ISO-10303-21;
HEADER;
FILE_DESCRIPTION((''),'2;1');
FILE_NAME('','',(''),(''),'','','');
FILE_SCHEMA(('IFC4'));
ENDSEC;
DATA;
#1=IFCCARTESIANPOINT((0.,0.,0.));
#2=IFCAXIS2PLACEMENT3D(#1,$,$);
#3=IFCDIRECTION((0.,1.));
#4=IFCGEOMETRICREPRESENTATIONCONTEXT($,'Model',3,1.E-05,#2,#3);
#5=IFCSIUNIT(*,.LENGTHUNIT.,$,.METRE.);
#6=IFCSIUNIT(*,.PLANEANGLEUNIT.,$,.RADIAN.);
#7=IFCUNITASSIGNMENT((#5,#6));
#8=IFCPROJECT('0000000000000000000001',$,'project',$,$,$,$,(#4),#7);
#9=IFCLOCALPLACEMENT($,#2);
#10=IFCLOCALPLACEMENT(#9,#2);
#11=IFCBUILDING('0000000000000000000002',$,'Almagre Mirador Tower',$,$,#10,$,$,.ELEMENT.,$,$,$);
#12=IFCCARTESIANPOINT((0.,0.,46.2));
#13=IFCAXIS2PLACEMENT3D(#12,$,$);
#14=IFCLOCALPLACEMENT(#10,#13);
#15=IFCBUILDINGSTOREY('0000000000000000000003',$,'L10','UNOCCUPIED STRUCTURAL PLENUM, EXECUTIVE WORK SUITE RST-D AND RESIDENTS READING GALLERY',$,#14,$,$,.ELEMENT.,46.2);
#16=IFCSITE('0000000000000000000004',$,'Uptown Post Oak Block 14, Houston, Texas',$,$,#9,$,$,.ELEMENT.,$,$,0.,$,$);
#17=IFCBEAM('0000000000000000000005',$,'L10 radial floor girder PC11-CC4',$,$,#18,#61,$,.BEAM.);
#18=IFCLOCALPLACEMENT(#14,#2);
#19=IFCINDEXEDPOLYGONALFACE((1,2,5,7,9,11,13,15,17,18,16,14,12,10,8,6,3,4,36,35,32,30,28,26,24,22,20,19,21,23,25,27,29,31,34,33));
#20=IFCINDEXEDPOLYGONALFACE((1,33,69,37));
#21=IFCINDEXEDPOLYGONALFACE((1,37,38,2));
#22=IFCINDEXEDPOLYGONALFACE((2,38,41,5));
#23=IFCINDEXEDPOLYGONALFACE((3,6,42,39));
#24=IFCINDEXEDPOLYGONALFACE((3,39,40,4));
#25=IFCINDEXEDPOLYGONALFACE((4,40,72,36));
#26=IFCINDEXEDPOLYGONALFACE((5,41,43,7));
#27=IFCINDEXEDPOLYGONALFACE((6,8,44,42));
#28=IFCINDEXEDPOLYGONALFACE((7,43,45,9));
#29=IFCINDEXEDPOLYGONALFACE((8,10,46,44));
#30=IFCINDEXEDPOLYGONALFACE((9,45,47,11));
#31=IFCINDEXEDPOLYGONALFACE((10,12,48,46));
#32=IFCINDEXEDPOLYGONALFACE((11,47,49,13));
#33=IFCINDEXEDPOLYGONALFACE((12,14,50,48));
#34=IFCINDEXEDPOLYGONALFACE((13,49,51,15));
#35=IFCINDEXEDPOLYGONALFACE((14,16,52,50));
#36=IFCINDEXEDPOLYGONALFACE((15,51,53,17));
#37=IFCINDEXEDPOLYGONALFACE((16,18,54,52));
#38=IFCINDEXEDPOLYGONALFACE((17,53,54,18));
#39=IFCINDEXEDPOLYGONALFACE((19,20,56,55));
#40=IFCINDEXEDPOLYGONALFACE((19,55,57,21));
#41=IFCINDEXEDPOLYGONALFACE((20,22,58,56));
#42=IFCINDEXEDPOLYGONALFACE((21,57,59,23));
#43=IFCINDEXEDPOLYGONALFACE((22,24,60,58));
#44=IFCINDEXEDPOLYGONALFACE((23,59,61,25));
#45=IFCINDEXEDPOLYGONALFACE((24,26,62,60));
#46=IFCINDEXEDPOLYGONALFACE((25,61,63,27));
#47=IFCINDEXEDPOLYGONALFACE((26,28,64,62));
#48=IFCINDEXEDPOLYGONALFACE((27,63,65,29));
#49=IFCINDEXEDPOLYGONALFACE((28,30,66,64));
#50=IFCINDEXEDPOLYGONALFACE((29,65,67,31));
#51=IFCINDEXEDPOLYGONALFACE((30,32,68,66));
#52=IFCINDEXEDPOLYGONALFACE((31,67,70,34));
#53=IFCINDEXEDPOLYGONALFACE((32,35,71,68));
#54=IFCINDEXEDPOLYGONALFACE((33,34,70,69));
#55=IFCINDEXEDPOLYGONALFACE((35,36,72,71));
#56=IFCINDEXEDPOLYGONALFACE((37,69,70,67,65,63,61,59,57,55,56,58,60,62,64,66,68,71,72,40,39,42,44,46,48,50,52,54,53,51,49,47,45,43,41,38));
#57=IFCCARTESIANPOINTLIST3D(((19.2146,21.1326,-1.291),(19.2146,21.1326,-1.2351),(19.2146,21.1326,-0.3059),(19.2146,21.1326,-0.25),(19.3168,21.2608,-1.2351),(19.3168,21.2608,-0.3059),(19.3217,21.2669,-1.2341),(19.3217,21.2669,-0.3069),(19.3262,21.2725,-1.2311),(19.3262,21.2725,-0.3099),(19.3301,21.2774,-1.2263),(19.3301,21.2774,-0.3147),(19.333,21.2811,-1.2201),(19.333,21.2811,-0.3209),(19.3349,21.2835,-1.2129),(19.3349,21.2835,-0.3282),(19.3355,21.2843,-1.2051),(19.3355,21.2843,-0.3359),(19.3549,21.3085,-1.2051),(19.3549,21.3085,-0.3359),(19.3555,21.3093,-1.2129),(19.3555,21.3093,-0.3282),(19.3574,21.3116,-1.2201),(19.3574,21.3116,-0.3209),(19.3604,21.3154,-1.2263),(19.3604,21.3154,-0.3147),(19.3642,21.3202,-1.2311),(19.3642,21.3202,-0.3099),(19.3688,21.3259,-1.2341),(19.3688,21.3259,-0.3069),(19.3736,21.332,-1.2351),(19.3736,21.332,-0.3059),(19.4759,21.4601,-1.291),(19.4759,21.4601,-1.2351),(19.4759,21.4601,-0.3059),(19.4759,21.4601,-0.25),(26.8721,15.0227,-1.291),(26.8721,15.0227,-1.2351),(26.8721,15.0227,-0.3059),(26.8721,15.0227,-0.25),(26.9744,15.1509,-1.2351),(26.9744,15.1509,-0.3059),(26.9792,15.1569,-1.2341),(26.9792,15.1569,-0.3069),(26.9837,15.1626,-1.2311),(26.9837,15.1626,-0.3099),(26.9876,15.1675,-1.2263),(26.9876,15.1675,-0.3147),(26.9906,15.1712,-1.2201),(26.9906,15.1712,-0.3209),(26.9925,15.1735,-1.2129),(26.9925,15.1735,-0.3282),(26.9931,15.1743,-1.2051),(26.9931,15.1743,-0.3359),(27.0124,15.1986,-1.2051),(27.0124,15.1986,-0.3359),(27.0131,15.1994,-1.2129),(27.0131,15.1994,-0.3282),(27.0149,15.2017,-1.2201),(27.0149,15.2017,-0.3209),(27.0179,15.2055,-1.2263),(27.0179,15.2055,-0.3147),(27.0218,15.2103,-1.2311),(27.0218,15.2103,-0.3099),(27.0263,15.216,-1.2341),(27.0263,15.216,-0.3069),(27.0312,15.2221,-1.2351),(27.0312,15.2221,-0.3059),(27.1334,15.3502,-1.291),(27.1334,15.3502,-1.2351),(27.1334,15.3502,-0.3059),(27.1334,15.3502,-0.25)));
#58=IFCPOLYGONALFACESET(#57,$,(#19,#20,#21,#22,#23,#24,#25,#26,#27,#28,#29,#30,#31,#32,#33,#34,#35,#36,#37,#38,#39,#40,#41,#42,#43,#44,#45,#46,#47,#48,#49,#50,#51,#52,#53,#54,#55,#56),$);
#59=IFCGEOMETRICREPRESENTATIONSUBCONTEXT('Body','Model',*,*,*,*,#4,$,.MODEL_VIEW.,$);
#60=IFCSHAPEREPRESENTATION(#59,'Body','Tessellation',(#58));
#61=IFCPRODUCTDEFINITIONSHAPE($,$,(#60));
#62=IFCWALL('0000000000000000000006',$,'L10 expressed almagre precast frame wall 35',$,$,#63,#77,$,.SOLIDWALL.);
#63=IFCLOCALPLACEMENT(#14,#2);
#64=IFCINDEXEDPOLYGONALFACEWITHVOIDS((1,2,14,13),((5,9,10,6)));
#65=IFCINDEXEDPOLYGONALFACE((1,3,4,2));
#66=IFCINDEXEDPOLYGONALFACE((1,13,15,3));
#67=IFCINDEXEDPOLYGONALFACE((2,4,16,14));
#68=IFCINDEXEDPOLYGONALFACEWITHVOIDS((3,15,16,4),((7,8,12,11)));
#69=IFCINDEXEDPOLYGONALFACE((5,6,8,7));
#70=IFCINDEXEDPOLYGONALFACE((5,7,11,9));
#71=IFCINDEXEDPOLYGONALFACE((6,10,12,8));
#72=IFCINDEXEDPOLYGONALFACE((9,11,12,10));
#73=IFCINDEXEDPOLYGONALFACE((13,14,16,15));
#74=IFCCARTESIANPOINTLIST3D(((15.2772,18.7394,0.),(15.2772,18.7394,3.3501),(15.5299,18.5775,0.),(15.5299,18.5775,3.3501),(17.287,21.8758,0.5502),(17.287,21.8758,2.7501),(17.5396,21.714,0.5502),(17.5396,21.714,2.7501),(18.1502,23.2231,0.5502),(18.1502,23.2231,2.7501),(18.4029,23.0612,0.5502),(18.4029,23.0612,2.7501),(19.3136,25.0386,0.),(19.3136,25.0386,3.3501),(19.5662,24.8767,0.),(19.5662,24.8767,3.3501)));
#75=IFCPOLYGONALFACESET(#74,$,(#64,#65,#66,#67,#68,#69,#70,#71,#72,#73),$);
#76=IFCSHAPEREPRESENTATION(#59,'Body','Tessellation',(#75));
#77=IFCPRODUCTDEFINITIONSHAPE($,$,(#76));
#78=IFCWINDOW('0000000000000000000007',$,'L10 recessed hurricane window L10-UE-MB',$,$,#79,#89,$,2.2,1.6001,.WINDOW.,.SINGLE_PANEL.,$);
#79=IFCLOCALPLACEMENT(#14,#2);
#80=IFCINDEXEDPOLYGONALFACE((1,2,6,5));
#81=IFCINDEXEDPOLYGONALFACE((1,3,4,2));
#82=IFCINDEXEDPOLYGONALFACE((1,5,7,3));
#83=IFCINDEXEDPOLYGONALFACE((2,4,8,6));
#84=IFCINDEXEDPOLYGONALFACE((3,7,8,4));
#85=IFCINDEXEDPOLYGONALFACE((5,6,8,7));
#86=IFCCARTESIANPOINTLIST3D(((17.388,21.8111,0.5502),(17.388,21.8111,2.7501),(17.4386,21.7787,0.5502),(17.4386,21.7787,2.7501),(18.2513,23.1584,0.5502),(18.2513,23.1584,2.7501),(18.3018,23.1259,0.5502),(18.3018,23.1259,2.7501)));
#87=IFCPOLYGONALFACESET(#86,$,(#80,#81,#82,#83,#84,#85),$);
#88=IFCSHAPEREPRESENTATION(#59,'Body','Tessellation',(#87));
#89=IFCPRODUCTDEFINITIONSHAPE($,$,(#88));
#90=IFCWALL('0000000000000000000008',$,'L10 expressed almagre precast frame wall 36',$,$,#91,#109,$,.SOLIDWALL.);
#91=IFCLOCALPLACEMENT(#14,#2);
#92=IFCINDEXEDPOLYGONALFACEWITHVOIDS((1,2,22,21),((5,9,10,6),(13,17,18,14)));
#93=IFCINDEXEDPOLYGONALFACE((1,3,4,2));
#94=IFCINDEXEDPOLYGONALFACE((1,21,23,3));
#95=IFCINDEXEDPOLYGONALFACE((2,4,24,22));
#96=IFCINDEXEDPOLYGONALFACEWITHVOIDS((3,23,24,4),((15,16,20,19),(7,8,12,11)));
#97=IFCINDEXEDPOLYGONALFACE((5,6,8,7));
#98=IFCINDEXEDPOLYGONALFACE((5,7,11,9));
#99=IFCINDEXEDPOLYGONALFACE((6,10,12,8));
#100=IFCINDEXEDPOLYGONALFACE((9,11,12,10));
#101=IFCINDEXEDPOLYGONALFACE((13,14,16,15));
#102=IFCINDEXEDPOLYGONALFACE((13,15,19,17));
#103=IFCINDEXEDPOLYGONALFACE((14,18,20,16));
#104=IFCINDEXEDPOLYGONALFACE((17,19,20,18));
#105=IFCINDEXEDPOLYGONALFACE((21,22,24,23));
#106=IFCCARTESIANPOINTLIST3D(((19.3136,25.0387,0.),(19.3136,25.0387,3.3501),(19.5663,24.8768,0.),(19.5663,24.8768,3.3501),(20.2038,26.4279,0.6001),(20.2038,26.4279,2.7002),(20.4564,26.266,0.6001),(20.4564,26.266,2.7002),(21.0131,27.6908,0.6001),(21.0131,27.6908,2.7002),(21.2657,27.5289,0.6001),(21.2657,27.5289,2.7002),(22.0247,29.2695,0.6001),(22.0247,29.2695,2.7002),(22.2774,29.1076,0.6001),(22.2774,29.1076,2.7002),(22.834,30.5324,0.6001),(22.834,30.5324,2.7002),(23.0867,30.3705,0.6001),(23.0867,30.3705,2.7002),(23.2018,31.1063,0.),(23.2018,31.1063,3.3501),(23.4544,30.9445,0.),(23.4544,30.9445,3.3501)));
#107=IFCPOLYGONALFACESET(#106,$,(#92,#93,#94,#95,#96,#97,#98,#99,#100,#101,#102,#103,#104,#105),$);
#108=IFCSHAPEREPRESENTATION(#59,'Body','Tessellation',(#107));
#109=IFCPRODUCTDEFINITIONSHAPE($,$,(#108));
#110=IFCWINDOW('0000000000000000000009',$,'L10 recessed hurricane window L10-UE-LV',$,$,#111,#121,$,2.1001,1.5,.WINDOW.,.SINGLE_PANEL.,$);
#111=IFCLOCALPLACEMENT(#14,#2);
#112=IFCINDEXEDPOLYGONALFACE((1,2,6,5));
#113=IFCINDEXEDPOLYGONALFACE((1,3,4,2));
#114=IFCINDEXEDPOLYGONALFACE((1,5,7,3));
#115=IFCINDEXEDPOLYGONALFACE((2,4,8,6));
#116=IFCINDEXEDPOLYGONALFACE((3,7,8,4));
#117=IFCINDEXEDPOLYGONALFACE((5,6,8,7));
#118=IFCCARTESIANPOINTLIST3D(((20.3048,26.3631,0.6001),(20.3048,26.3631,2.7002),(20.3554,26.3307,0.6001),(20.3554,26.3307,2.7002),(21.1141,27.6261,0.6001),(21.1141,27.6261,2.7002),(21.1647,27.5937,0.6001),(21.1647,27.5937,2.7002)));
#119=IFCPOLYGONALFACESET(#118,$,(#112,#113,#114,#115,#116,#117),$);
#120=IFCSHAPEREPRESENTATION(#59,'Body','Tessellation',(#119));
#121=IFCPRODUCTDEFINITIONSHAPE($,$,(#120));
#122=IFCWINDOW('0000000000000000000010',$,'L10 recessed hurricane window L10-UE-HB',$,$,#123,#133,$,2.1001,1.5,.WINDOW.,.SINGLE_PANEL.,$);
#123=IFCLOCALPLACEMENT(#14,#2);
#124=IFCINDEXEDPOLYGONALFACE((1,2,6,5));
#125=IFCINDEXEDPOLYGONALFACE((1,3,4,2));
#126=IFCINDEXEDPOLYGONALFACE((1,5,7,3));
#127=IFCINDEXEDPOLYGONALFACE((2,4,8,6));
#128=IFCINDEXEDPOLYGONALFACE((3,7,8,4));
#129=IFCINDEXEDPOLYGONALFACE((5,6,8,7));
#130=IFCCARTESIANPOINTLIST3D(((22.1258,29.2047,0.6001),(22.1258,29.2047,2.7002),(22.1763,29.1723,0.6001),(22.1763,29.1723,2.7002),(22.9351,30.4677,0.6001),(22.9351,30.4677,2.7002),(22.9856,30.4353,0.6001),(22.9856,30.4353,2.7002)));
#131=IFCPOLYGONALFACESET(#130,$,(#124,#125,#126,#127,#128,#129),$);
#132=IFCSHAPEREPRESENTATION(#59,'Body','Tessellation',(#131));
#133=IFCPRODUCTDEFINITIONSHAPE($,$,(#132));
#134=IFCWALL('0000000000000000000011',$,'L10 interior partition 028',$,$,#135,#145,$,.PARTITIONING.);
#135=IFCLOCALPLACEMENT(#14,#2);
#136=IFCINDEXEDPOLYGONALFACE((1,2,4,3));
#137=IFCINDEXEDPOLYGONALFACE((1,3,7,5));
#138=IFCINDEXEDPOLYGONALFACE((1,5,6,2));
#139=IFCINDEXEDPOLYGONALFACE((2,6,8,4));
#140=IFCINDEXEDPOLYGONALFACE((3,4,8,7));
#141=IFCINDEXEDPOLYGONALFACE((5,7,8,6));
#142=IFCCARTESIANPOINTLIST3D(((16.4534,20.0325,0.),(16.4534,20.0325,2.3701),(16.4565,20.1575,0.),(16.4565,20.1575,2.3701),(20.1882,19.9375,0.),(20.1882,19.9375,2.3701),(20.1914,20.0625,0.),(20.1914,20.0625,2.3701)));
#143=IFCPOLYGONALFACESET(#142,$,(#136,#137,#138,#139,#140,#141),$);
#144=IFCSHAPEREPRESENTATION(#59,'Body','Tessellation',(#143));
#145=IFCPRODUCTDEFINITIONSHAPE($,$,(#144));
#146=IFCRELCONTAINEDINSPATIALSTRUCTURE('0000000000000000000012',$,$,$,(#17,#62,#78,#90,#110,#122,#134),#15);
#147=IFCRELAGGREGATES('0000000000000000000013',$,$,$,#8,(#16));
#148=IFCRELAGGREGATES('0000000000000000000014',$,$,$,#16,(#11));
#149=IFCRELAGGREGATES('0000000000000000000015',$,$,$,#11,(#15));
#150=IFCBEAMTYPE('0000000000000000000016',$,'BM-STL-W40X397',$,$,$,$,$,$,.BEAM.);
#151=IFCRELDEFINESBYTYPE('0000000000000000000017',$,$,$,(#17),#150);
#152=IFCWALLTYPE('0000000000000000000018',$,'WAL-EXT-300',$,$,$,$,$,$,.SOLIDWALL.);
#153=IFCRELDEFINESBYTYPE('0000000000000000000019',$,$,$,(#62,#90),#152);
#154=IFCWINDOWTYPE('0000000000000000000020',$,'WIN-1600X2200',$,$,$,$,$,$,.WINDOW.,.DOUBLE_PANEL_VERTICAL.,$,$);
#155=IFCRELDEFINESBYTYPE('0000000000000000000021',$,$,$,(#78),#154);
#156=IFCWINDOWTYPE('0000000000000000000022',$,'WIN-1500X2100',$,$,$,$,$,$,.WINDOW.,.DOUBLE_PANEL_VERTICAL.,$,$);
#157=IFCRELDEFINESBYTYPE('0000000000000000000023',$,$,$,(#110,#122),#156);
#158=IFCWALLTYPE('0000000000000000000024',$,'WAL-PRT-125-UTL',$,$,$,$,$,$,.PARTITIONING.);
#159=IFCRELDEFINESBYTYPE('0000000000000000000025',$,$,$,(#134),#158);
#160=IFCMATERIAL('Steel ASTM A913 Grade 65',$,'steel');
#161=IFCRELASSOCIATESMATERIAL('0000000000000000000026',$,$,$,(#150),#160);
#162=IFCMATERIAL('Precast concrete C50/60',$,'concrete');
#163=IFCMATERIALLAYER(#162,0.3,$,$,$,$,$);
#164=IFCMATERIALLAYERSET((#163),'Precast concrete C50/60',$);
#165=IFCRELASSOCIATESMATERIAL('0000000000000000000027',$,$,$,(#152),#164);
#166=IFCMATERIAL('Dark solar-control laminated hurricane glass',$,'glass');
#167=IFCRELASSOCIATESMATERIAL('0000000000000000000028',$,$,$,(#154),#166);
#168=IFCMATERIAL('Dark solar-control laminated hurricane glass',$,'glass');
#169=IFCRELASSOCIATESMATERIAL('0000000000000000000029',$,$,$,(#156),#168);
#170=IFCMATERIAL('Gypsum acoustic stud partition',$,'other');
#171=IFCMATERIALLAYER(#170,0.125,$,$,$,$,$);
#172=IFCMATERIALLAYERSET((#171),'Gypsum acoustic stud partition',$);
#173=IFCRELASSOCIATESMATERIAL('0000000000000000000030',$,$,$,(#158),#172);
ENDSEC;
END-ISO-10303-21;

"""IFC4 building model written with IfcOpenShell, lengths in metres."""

from ifc_helpers import new_model, si_unit, direction, frame, frame_2d, origin, origin_2d, place, context, subcontext, project, spatial, rectangle, i_section, extrude, material, layer, layer_set, material_profile, profile_set, type_object, element, fill, save


model = new_model("IFC4")

# Units and contexts
model_context = context("Model", 3, precision=1e-05, world=origin(), true_north=direction((0.0, 1.0)))
body_context = subcontext(model_context, "Body", "Model", "MODEL_VIEW")
ifc_project = project(units=[si_unit("LENGTHUNIT", "METRE"), si_unit("PLANEANGLEUNIT", "RADIAN")], contexts=[model_context])

# Site, building, storey
site_placement = place(None, origin())
site = spatial("IfcSite", under=ifc_project, at=site_placement, Name="Uptown Post Oak Block 14, Houston, Texas", CompositionType="ELEMENT", RefElevation=0.0)
building_placement = place(site_placement, origin())
building = spatial("IfcBuilding", under=site, at=building_placement, Name="Almagre Mirador Tower", CompositionType="ELEMENT")
storey_placement = place(building_placement, frame((0.0, 0.0, 46.2)))
storey = spatial("IfcBuildingStorey", under=building, at=storey_placement, Name="L10", Description="UNOCCUPIED STRUCTURAL PLENUM, EXECUTIVE WORK SUITE RST-D AND RESIDENTS READING GALLERY", CompositionType="ELEMENT", Elevation=46.2)

# Beam
ifc_material_1 = material(Name="Steel ASTM A913 Grade 65", Category="steel")
ifc_material_profile_1 = material_profile(ifc_material_1, i_section(OverallWidth=0.4189, OverallDepth=1.041, WebThickness=0.031, FlangeThickness=0.0559, FilletRadius=0.03, at=origin_2d()), Name="W40X397")
ifc_profile_set_1 = profile_set([ifc_material_profile_1], Name="Steel ASTM A913 Grade 65")
beam_type_1 = type_object("IfcBeamType", Name="BM-STL-W40X397", PredefinedType="BEAM", material=ifc_profile_set_1)
beam_1_placement = place(storey_placement, frame((19.3452, 21.2964, -0.7705), z_axis=(0.781671, -0.623692, 0.0), x_axis=(0.623692, 0.781671, 0.0)))
element("IfcBeam", 1, at=beam_1_placement, inside=storey, type_object=beam_type_1, Name="L10 radial floor girder PC11-CC4", PredefinedType="BEAM", context=body_context, shape_type="SweptSolid", body=[
    extrude(i_section(OverallWidth=0.4189, OverallDepth=1.041, WebThickness=0.031, FlangeThickness=0.0559, FilletRadius=0.03, at=origin_2d()), origin(), (0.0, 0.0, 1.0), 9.7964),
])

# Wall, opening, window
ifc_material_2 = material(Name="Precast concrete C50/60", Category="concrete")
ifc_layer_1 = layer(ifc_material_2, 0.3)
ifc_layer_set_1 = layer_set([ifc_layer_1], Name="Precast concrete C50/60")
wall_type_1 = type_object("IfcWallType", Name="WAL-EXT-300", PredefinedType="SOLIDWALL", material=ifc_layer_set_1)
wall_1_placement = place(storey_placement, frame((15.4036, 18.6584, 0.0), z_axis=(0.0, 0.0, 1.0), x_axis=(0.53951, 0.841979, 0.0)))
wall_1 = element("IfcWall", 2, at=wall_1_placement, inside=storey, type_object=wall_type_1, Name="L10 expressed almagre precast frame wall 35", PredefinedType="SOLIDWALL", context=body_context, shape_type="SweptSolid", body=[
    extrude(rectangle(XDim=7.4814, YDim=0.3, at=frame_2d((3.7407, 0.0))), origin(), (0.0, 0.0, 1.0), 3.3501),
])
opening_1_placement = place(wall_1_placement, frame((3.7251, 0.0, 0.55)))
opening_1 = element("IfcOpeningElement", 3, at=opening_1_placement, cuts=wall_1, PredefinedType="OPENING", context=body_context, shape_type="SweptSolid", body=[
    extrude(rectangle(XDim=1.6001, YDim=2.2, at=frame_2d((0.8, 1.1001))), frame((0.0, 0.1599, 0.0), z_axis=(0.0, -1.0, 0.0), x_axis=(1.0, 0.0, 0.0)), (0.0, 0.0, 1.0), 0.32),
])
ifc_material_3 = material(Name="Dark solar-control laminated hurricane glass", Category="glass")
window_type_1 = type_object("IfcWindowType", Name="WIN-1600X2200", PartitioningType="DOUBLE_PANEL_VERTICAL", PredefinedType="WINDOW", material=ifc_material_3)
window_1_placement = place(opening_1_placement, origin())
window_1 = element("IfcWindow", 4, at=window_1_placement, inside=storey, type_object=window_type_1, Name="L10 recessed hurricane window L10-UE-MB", OverallHeight=2.2, OverallWidth=1.6001, PartitioningType="SINGLE_PANEL", PredefinedType="WINDOW", context=body_context, shape_type="SweptSolid", body=[
    extrude(rectangle(XDim=1.6001, YDim=2.2, at=frame_2d((0.8, 1.1001))), frame((0.0, 0.03, 0.0), z_axis=(0.0, -1.0, 0.0), x_axis=(1.0, 0.0, 0.0)), (0.0, 0.0, 1.0), 0.0601),
])
fill(opening_1, window_1)

# Wall, openings, windows
wall_2_placement = place(storey_placement, frame((19.4399, 24.9578, 0.0), z_axis=(0.0, 0.0, 1.0), x_axis=(0.539536, 0.841962, 0.0)))
wall_2 = element("IfcWall", 5, at=wall_2_placement, inside=storey, type_object=wall_type_1, Name="L10 expressed almagre precast frame wall 36", PredefinedType="SOLIDWALL", context=body_context, shape_type="SweptSolid", body=[
    extrude(rectangle(XDim=7.2065, YDim=0.3, at=frame_2d((3.6033, 0.0))), origin(), (0.0, 0.0, 1.0), 3.3501),
])
opening_2_placement = place(wall_2_placement, frame((1.6499, 0.0, 0.6001)))
opening_2 = element("IfcOpeningElement", 6, at=opening_2_placement, cuts=wall_2, PredefinedType="OPENING", context=body_context, shape_type="SweptSolid", body=[
    extrude(rectangle(XDim=1.5, YDim=2.1001, at=frame_2d((0.75, 1.05))), frame((0.0, 0.1599, 0.0), z_axis=(0.0, -1.0, 0.0), x_axis=(1.0, 0.0, 0.0)), (0.0, 0.0, 1.0), 0.32),
])
opening_3_placement = place(wall_2_placement, frame((5.0249, 0.0, 0.6001)))
opening_3 = element("IfcOpeningElement", 7, at=opening_3_placement, cuts=wall_2, PredefinedType="OPENING", context=body_context, shape_type="SweptSolid", body=[
    extrude(rectangle(XDim=1.5, YDim=2.1001, at=frame_2d((0.75, 1.05))), frame((0.0, 0.1599, 0.0), z_axis=(0.0, -1.0, 0.0), x_axis=(1.0, 0.0, 0.0)), (0.0, 0.0, 1.0), 0.32),
])
ifc_material_4 = material(Name="Dark solar-control laminated hurricane glass", Category="glass")
window_type_2 = type_object("IfcWindowType", Name="WIN-1500X2100", PartitioningType="DOUBLE_PANEL_VERTICAL", PredefinedType="WINDOW", material=ifc_material_4)
window_2_placement = place(opening_2_placement, origin())
window_2 = element("IfcWindow", 8, at=window_2_placement, inside=storey, type_object=window_type_2, Name="L10 recessed hurricane window L10-UE-LV", OverallHeight=2.1001, OverallWidth=1.5, PartitioningType="SINGLE_PANEL", PredefinedType="WINDOW", context=body_context, shape_type="SweptSolid", body=[
    extrude(rectangle(XDim=1.5, YDim=2.1001, at=frame_2d((0.75, 1.05))), frame((0.0, 0.03, 0.0), z_axis=(0.0, -1.0, 0.0), x_axis=(1.0, 0.0, 0.0)), (0.0, 0.0, 1.0), 0.0601),
])
fill(opening_2, window_2)
window_3_placement = place(opening_3_placement, origin())
window_3 = element("IfcWindow", 9, at=window_3_placement, inside=storey, type_object=window_type_2, Name="L10 recessed hurricane window L10-UE-HB", OverallHeight=2.1001, OverallWidth=1.5, PartitioningType="SINGLE_PANEL", PredefinedType="WINDOW", context=body_context, shape_type="SweptSolid", body=[
    extrude(rectangle(XDim=1.5, YDim=2.1001, at=frame_2d((0.75, 1.05))), frame((0.0, 0.03, 0.0), z_axis=(0.0, -1.0, 0.0), x_axis=(1.0, 0.0, 0.0)), (0.0, 0.0, 1.0), 0.0601),
])
fill(opening_3, window_3)

# Wall
ifc_material_5 = material(Name="Gypsum acoustic stud partition", Category="other")
ifc_layer_2 = layer(ifc_material_5, 0.125)
ifc_layer_set_2 = layer_set([ifc_layer_2], Name="Gypsum acoustic stud partition")
wall_type_2 = type_object("IfcWallType", Name="WAL-PRT-125-UTL", PredefinedType="PARTITIONING", material=ifc_layer_set_2)
wall_3_placement = place(storey_placement, frame((20.1899, 20.0, 0.0), z_axis=(0.0, 0.0, 1.0), x_axis=(-0.999677, 0.02542, 0.0)))
element("IfcWall", 10, at=wall_3_placement, inside=storey, type_object=wall_type_2, Name="L10 interior partition 028", PredefinedType="PARTITIONING", context=body_context, shape_type="SweptSolid", body=[
    extrude(rectangle(XDim=3.7361, YDim=0.125, at=frame_2d((1.8682, 0.0))), origin(), (0.0, 0.0, 1.0), 2.3701),
])

save(model, "model.ifc")
